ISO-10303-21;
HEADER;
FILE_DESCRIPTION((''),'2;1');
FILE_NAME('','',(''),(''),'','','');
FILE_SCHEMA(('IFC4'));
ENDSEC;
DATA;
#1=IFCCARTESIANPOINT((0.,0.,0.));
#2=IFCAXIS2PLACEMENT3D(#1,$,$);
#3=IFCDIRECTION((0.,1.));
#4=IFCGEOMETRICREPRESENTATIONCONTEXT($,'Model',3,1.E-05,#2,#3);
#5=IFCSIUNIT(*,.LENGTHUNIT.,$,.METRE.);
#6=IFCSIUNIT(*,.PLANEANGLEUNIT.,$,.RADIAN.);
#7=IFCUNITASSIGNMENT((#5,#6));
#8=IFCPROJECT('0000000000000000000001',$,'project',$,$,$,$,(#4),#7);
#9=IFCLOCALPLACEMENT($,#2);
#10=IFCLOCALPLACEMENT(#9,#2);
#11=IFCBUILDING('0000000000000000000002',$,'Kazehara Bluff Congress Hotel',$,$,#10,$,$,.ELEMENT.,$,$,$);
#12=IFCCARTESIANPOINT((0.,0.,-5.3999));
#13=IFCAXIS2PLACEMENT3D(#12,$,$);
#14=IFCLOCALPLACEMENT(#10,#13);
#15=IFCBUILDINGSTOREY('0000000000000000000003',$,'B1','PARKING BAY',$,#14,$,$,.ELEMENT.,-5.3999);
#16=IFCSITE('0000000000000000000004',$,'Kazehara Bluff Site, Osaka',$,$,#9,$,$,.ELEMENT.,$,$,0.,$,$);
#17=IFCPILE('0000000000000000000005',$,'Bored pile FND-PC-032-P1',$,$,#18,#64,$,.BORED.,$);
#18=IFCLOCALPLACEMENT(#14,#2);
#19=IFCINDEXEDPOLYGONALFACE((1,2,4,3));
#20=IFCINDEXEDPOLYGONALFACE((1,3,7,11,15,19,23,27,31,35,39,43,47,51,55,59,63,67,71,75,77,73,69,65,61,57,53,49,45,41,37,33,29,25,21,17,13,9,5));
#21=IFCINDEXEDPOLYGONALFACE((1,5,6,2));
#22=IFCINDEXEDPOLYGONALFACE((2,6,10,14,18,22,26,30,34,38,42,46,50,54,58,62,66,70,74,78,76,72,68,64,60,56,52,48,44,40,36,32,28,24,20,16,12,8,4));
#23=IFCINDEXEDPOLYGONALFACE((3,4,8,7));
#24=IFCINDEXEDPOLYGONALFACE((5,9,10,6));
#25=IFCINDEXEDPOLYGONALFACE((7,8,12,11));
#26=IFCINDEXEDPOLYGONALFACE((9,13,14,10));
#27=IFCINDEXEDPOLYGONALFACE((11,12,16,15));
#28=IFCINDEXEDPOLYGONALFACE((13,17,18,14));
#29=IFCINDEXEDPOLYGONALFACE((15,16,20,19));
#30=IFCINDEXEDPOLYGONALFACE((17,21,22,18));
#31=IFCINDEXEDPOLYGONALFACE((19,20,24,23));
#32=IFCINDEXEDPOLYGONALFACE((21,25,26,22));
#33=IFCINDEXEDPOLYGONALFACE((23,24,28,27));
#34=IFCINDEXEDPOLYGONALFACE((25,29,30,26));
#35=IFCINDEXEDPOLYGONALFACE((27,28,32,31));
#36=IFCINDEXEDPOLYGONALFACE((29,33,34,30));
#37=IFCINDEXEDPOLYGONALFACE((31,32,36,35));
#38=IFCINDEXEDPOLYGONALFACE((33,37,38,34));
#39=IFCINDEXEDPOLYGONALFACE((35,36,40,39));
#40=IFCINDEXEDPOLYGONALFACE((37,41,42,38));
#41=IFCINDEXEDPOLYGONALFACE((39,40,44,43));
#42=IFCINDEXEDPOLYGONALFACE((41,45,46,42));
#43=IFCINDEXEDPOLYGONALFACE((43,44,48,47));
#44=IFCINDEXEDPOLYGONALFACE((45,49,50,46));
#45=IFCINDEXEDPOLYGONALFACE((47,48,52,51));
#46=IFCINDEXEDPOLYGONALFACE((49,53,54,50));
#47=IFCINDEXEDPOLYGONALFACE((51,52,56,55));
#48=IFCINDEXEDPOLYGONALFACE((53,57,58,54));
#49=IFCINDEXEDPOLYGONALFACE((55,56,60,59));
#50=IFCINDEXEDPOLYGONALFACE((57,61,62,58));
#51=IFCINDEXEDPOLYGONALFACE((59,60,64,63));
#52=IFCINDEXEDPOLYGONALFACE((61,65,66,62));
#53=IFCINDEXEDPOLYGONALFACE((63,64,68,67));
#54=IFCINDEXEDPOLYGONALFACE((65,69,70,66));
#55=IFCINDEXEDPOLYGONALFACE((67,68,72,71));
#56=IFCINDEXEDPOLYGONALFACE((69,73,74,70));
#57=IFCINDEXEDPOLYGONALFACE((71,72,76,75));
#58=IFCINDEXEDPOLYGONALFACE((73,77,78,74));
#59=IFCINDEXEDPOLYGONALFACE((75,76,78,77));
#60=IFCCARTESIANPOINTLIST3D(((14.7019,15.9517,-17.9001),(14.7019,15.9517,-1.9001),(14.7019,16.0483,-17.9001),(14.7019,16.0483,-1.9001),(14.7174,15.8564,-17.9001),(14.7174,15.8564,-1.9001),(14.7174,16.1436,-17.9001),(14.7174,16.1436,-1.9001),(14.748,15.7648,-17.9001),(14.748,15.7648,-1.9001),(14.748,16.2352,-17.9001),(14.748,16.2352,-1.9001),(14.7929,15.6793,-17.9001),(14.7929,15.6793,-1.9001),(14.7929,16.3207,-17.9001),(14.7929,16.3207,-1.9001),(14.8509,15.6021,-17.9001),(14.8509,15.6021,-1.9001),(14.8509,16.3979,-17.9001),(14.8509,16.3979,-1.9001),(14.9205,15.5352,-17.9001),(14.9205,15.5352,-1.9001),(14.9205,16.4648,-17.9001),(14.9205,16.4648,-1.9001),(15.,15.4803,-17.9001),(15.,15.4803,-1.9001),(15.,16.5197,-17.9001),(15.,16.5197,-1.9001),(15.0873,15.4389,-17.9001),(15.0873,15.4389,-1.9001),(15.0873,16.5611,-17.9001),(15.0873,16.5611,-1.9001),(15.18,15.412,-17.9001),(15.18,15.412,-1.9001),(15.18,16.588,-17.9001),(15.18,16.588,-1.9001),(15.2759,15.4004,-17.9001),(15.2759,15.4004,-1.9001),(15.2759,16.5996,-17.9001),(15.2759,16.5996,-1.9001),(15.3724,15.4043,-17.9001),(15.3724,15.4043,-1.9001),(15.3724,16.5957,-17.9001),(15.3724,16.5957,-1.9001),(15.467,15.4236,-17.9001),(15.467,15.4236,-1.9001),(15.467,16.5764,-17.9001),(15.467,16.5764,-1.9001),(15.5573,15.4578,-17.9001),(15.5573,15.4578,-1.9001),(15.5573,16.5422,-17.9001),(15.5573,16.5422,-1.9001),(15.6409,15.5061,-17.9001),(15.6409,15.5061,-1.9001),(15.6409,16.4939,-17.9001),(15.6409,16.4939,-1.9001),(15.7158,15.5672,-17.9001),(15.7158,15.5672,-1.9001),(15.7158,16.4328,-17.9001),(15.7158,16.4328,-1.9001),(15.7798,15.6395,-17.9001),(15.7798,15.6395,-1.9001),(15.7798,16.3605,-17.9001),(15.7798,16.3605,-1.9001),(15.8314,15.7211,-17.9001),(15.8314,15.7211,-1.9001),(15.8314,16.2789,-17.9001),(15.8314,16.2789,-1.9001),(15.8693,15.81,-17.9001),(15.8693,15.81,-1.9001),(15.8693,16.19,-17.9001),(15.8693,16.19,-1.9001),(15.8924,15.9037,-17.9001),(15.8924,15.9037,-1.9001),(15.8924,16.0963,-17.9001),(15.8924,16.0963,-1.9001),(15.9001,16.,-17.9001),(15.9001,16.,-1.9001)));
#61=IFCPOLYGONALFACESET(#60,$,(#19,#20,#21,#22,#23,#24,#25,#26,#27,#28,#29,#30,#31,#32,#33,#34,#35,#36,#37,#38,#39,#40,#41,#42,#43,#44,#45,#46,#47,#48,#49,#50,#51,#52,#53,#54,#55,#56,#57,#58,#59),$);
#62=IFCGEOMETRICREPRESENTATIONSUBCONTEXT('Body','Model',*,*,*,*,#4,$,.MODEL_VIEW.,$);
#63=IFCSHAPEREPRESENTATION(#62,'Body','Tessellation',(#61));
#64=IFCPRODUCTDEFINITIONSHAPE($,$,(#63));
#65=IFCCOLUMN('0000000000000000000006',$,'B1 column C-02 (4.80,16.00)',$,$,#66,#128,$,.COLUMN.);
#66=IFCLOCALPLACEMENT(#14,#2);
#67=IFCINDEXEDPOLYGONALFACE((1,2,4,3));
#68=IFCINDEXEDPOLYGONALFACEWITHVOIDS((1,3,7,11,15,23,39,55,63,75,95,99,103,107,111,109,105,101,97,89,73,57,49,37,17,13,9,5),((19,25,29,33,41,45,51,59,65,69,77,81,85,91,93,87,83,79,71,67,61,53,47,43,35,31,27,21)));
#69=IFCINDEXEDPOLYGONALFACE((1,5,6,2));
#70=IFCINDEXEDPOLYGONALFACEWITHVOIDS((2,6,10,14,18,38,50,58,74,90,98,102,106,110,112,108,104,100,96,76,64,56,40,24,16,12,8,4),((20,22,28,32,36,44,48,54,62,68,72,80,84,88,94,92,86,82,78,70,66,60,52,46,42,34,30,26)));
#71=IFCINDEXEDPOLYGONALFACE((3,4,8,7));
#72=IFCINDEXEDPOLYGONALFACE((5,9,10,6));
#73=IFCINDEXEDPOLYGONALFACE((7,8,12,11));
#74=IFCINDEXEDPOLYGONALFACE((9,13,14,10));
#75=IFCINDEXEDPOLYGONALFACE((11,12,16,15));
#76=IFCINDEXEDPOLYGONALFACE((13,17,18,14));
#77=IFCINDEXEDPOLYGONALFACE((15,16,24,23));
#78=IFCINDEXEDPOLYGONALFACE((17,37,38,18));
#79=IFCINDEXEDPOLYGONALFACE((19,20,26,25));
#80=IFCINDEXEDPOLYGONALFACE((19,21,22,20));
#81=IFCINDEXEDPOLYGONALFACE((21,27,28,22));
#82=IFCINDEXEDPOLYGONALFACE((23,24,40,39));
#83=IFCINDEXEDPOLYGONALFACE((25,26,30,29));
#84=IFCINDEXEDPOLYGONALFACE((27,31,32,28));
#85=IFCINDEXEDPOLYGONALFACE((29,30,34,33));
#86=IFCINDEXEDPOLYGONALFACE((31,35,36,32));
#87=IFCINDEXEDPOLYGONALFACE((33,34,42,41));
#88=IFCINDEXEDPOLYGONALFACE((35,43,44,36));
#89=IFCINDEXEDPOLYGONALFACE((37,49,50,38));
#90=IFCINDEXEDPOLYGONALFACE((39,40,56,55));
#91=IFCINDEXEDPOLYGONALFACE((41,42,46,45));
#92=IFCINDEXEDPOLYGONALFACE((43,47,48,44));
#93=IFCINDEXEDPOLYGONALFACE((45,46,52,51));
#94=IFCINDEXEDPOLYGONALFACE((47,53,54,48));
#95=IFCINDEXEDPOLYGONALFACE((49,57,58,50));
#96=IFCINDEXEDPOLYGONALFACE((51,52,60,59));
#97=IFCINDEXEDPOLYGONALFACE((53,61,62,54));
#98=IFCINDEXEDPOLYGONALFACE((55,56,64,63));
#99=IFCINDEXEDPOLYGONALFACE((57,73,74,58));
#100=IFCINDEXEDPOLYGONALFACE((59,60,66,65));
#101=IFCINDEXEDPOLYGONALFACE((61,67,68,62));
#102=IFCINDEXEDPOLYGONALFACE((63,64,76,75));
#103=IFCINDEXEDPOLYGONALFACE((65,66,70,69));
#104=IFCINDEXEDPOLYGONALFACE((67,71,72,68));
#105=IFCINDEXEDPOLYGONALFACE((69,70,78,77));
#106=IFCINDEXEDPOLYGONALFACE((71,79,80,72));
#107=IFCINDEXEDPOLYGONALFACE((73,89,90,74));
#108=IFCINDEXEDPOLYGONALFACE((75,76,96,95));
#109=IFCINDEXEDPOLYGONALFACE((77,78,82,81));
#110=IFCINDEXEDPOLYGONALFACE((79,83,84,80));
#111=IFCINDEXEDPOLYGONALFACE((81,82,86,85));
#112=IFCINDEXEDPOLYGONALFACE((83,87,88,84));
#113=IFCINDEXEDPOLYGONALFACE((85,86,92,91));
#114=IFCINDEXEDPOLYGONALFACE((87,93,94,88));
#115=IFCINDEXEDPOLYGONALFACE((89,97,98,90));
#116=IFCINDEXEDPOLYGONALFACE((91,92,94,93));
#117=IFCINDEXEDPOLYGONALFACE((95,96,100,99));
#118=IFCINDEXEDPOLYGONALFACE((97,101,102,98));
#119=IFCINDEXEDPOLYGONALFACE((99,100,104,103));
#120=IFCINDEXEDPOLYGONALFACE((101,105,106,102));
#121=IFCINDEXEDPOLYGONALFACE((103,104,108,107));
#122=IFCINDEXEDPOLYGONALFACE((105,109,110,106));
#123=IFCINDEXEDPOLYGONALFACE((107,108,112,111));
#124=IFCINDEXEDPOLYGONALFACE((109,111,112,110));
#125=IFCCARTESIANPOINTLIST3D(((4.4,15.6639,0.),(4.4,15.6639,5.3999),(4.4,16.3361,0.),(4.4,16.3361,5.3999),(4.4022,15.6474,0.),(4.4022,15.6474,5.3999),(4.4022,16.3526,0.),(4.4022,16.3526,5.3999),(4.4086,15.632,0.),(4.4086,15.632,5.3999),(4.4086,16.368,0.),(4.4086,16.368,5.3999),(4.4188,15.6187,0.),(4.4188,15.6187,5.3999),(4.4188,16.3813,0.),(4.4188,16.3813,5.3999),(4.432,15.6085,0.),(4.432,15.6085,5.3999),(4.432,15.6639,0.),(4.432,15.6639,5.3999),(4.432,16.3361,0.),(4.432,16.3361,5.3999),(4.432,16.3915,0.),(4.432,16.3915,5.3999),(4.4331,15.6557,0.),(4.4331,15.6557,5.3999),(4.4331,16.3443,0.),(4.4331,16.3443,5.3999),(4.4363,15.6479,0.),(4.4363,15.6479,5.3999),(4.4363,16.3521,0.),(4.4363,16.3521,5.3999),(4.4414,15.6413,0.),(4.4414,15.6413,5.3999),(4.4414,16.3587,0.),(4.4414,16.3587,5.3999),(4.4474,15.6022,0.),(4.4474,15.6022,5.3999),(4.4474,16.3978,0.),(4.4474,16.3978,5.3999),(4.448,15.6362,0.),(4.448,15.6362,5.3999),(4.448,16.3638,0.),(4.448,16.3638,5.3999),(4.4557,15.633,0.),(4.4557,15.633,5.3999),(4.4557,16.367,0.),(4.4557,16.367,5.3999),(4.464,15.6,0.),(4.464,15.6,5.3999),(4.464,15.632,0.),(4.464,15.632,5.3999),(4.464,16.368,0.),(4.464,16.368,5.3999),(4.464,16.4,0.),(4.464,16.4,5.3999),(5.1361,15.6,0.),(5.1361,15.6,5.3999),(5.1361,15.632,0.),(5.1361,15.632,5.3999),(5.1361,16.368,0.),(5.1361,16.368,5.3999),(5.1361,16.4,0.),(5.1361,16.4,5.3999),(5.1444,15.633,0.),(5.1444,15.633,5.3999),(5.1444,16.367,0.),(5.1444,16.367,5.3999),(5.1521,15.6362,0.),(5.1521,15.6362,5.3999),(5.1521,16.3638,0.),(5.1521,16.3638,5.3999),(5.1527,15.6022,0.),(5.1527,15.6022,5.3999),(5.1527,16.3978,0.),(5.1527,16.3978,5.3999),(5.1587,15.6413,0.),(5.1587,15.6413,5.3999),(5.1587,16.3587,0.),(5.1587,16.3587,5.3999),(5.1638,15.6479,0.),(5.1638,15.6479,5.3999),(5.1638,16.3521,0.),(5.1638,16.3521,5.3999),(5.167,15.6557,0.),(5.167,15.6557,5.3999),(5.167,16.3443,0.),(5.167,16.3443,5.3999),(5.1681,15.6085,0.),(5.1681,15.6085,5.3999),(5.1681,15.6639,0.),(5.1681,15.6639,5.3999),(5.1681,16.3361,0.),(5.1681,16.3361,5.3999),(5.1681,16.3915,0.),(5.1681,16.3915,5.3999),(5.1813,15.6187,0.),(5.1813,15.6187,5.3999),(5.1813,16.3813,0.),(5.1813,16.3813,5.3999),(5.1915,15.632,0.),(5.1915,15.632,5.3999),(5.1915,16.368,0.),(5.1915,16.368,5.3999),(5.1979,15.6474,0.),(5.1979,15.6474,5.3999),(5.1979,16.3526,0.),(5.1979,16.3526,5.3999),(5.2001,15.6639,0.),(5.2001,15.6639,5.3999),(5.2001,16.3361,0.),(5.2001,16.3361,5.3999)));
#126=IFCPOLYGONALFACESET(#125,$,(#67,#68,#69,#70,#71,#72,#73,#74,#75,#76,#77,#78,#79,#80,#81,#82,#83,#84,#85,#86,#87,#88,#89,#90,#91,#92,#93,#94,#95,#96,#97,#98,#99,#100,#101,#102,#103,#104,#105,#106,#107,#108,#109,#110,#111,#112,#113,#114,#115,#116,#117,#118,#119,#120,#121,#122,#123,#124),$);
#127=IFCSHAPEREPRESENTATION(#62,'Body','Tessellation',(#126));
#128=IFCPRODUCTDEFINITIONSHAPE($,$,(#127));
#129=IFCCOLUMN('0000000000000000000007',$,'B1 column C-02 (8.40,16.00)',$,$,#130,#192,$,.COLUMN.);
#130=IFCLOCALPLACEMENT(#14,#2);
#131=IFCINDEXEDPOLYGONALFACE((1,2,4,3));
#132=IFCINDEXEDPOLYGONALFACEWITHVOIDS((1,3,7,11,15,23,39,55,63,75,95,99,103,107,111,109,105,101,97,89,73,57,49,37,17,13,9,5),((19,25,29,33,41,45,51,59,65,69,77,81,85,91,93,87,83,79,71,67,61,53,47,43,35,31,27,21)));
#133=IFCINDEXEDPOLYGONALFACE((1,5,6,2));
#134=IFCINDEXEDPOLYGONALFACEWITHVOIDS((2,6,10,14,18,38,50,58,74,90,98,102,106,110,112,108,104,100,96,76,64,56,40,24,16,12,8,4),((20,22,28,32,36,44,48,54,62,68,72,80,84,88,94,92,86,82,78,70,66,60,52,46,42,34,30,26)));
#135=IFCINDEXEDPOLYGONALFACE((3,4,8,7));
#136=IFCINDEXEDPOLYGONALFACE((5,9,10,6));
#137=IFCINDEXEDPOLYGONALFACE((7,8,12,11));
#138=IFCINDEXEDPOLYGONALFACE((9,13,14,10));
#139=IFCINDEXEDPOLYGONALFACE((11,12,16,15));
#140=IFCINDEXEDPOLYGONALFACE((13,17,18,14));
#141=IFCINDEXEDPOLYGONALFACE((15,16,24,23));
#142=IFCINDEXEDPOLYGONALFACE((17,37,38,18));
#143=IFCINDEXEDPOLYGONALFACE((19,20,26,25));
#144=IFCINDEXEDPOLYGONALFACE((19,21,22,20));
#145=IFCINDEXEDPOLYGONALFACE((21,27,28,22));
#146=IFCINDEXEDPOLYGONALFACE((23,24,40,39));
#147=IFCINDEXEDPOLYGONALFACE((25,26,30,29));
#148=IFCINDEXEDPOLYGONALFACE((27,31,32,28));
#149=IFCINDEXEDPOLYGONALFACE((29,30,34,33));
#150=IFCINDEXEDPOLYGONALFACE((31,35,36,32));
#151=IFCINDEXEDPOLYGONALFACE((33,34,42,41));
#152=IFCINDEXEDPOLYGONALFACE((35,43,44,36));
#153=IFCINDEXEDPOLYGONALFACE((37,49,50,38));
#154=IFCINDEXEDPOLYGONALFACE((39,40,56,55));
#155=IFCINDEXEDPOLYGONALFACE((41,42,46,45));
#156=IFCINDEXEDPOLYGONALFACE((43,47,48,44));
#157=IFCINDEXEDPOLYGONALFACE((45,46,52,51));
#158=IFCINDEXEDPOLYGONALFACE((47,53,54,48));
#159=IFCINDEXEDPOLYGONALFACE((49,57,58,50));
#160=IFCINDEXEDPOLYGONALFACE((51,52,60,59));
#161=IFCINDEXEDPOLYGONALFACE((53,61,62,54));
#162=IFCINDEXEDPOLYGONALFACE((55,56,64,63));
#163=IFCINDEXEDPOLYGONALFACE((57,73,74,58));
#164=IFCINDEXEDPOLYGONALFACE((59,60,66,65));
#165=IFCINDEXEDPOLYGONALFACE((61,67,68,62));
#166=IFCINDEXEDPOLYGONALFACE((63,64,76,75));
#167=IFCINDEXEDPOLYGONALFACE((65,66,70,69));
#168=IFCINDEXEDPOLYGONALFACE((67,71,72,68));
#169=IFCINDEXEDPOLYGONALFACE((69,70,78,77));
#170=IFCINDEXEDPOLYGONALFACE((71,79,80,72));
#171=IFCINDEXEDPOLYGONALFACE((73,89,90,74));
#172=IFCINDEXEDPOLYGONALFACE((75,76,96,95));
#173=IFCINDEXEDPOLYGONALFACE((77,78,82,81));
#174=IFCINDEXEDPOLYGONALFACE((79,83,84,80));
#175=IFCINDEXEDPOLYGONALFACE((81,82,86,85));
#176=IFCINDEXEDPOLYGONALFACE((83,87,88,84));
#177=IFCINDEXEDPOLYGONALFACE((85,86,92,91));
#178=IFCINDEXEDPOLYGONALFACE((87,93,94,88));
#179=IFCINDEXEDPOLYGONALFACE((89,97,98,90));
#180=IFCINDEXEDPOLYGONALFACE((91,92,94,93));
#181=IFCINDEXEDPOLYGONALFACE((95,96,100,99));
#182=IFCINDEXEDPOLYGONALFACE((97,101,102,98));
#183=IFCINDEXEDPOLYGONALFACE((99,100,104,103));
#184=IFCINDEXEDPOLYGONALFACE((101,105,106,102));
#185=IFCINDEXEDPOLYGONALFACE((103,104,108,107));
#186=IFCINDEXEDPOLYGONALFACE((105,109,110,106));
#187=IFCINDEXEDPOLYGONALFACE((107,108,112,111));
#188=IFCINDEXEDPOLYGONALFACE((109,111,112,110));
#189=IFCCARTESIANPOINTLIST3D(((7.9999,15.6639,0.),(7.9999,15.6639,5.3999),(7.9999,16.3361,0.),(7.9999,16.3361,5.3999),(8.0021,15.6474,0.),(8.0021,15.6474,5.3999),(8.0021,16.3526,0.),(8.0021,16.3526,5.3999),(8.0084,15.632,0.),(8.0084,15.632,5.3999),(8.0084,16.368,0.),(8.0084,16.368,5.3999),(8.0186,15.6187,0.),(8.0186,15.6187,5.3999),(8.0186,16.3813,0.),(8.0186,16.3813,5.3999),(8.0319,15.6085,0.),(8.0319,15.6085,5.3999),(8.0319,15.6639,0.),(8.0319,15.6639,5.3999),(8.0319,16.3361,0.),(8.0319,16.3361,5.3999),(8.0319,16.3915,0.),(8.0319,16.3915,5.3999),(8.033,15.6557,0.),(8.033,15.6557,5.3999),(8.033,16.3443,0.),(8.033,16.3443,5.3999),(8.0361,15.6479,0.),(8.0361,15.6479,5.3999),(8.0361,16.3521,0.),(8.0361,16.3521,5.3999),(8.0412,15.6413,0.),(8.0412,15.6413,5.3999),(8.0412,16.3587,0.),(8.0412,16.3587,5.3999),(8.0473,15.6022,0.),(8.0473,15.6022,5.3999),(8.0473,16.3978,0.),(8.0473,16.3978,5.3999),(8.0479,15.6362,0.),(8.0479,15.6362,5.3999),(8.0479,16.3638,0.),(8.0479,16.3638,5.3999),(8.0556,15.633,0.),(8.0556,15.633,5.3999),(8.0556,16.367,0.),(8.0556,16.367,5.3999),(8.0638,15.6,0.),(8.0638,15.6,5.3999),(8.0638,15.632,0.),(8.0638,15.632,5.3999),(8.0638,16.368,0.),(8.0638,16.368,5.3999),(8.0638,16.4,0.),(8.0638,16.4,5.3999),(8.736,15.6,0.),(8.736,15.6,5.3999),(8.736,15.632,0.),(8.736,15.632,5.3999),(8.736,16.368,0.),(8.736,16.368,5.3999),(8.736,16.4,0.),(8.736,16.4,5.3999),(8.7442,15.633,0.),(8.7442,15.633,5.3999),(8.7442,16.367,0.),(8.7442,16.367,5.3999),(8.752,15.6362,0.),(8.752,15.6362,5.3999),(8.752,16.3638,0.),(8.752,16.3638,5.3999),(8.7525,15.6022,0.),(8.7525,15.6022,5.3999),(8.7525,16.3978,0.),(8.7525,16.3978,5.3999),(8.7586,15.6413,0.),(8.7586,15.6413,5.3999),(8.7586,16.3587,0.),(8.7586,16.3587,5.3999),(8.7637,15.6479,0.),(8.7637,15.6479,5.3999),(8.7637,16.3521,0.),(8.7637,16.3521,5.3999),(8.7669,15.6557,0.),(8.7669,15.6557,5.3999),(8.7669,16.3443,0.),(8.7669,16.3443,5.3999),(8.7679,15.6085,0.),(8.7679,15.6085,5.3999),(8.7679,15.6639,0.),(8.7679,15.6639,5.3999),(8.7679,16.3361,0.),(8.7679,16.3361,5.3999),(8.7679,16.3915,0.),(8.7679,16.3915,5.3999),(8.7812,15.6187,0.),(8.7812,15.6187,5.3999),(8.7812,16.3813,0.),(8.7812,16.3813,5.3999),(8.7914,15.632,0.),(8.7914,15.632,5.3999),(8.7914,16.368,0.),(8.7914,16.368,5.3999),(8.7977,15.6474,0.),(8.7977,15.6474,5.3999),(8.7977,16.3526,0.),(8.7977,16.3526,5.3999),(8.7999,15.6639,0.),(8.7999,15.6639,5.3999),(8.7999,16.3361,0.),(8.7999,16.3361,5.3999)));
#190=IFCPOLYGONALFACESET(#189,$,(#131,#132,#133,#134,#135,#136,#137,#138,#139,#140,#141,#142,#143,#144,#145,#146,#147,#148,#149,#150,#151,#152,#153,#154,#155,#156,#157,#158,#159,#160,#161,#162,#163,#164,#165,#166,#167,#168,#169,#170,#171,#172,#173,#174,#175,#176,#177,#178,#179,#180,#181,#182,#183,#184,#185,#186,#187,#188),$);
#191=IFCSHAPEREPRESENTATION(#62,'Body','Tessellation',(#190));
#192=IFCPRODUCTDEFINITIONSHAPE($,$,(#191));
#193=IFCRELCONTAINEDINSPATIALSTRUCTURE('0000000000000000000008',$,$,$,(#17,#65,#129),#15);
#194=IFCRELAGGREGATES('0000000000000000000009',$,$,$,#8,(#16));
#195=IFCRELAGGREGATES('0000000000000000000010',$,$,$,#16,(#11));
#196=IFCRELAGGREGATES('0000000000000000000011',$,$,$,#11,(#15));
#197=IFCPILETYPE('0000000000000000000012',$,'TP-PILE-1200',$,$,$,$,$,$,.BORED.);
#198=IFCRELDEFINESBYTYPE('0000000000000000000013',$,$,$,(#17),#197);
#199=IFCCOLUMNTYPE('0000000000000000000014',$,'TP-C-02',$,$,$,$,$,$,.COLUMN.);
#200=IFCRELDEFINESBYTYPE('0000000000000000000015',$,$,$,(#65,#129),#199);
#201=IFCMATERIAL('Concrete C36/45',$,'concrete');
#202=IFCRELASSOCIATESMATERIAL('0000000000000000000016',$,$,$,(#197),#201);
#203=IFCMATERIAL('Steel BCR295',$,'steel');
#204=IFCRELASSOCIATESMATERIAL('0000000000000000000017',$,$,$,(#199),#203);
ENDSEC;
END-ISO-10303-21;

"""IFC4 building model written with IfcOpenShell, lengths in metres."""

from ifc_helpers import new_model, si_unit, direction, frame, origin, origin_2d, place, context, subcontext, project, spatial, hollow_rectangle, circle, extrude, material, material_profile, profile_set, type_object, element, save


model = new_model("IFC4")

# Units and contexts
model_context = context("Model", 3, precision=1e-05, world=origin(), true_north=direction((0.0, 1.0)))
body_context = subcontext(model_context, "Body", "Model", "MODEL_VIEW")
ifc_project = project(units=[si_unit("LENGTHUNIT", "METRE"), si_unit("PLANEANGLEUNIT", "RADIAN")], contexts=[model_context])

# Site, building, storey
site_placement = place(None, origin())
site = spatial("IfcSite", under=ifc_project, at=site_placement, Name="Kazehara Bluff Site, Osaka", CompositionType="ELEMENT", RefElevation=0.0)
building_placement = place(site_placement, origin())
building = spatial("IfcBuilding", under=site, at=building_placement, Name="Kazehara Bluff Congress Hotel", CompositionType="ELEMENT")
storey_placement = place(building_placement, frame((0.0, 0.0, -5.3999)))
storey = spatial("IfcBuildingStorey", under=building, at=storey_placement, Name="B1", Description="PARKING BAY", CompositionType="ELEMENT", Elevation=-5.3999)

# Pile
ifc_material_1 = material(Name="Concrete C36/45", Category="concrete")
ifc_material_profile_1 = material_profile(ifc_material_1, circle(Radius=0.6001, at=origin_2d()))
ifc_profile_set_1 = profile_set([ifc_material_profile_1], Name="Concrete C36/45")
pile_type = type_object("IfcPileType", Name="TP-PILE-1200", PredefinedType="BORED", material=ifc_profile_set_1)
for number, where, z_axis, x_axis, name in (
    (1, (15.3, 16.0, -1.9001), (0.0, 0.0, -1.0), (1.0, 0.0, 0.0), "Bored pile FND-PC-032-P1"),
):
    element("IfcPile", number, at=place(storey_placement, frame(where, z_axis=z_axis, x_axis=x_axis)), inside=storey, type_object=pile_type, Name=name, PredefinedType="BORED", context=body_context, shape_type="SweptSolid", body=[
        extrude(circle(Radius=0.6001, at=origin_2d()), origin(), (0.0, 0.0, 1.0), 16.0),
    ])

# Columns
ifc_material_2 = material(Name="Steel BCR295", Category="steel")
ifc_material_profile_2 = material_profile(ifc_material_2, hollow_rectangle(XDim=0.8, YDim=0.8, WallThickness=0.032, InnerFilletRadius=0.032, OuterFilletRadius=0.064, at=origin_2d()))
ifc_profile_set_2 = profile_set([ifc_material_profile_2], Name="Steel BCR295")
column_type = type_object("IfcColumnType", Name="TP-C-02", PredefinedType="COLUMN", material=ifc_profile_set_2)
for number, where, z_axis, x_axis, name in (
    (2, (4.8, 16.0, 0.0), (0.0, 0.0, 1.0), (1.0, 0.0, 0.0), "B1 column C-02 (4.80,16.00)"),
    (3, (8.3999, 16.0, 0.0), (0.0, 0.0, 1.0), (1.0, 0.0, 0.0), "B1 column C-02 (8.40,16.00)"),
):
    element("IfcColumn", number, at=place(storey_placement, frame(where, z_axis=z_axis, x_axis=x_axis)), inside=storey, type_object=column_type, Name=name, PredefinedType="COLUMN", context=body_context, shape_type="SweptSolid", body=[
        extrude(hollow_rectangle(XDim=0.8, YDim=0.8, WallThickness=0.032, InnerFilletRadius=0.032, OuterFilletRadius=0.064, at=origin_2d()), origin(), (0.0, 0.0, 1.0), 5.3999),
    ])

save(model, "model.ifc")
